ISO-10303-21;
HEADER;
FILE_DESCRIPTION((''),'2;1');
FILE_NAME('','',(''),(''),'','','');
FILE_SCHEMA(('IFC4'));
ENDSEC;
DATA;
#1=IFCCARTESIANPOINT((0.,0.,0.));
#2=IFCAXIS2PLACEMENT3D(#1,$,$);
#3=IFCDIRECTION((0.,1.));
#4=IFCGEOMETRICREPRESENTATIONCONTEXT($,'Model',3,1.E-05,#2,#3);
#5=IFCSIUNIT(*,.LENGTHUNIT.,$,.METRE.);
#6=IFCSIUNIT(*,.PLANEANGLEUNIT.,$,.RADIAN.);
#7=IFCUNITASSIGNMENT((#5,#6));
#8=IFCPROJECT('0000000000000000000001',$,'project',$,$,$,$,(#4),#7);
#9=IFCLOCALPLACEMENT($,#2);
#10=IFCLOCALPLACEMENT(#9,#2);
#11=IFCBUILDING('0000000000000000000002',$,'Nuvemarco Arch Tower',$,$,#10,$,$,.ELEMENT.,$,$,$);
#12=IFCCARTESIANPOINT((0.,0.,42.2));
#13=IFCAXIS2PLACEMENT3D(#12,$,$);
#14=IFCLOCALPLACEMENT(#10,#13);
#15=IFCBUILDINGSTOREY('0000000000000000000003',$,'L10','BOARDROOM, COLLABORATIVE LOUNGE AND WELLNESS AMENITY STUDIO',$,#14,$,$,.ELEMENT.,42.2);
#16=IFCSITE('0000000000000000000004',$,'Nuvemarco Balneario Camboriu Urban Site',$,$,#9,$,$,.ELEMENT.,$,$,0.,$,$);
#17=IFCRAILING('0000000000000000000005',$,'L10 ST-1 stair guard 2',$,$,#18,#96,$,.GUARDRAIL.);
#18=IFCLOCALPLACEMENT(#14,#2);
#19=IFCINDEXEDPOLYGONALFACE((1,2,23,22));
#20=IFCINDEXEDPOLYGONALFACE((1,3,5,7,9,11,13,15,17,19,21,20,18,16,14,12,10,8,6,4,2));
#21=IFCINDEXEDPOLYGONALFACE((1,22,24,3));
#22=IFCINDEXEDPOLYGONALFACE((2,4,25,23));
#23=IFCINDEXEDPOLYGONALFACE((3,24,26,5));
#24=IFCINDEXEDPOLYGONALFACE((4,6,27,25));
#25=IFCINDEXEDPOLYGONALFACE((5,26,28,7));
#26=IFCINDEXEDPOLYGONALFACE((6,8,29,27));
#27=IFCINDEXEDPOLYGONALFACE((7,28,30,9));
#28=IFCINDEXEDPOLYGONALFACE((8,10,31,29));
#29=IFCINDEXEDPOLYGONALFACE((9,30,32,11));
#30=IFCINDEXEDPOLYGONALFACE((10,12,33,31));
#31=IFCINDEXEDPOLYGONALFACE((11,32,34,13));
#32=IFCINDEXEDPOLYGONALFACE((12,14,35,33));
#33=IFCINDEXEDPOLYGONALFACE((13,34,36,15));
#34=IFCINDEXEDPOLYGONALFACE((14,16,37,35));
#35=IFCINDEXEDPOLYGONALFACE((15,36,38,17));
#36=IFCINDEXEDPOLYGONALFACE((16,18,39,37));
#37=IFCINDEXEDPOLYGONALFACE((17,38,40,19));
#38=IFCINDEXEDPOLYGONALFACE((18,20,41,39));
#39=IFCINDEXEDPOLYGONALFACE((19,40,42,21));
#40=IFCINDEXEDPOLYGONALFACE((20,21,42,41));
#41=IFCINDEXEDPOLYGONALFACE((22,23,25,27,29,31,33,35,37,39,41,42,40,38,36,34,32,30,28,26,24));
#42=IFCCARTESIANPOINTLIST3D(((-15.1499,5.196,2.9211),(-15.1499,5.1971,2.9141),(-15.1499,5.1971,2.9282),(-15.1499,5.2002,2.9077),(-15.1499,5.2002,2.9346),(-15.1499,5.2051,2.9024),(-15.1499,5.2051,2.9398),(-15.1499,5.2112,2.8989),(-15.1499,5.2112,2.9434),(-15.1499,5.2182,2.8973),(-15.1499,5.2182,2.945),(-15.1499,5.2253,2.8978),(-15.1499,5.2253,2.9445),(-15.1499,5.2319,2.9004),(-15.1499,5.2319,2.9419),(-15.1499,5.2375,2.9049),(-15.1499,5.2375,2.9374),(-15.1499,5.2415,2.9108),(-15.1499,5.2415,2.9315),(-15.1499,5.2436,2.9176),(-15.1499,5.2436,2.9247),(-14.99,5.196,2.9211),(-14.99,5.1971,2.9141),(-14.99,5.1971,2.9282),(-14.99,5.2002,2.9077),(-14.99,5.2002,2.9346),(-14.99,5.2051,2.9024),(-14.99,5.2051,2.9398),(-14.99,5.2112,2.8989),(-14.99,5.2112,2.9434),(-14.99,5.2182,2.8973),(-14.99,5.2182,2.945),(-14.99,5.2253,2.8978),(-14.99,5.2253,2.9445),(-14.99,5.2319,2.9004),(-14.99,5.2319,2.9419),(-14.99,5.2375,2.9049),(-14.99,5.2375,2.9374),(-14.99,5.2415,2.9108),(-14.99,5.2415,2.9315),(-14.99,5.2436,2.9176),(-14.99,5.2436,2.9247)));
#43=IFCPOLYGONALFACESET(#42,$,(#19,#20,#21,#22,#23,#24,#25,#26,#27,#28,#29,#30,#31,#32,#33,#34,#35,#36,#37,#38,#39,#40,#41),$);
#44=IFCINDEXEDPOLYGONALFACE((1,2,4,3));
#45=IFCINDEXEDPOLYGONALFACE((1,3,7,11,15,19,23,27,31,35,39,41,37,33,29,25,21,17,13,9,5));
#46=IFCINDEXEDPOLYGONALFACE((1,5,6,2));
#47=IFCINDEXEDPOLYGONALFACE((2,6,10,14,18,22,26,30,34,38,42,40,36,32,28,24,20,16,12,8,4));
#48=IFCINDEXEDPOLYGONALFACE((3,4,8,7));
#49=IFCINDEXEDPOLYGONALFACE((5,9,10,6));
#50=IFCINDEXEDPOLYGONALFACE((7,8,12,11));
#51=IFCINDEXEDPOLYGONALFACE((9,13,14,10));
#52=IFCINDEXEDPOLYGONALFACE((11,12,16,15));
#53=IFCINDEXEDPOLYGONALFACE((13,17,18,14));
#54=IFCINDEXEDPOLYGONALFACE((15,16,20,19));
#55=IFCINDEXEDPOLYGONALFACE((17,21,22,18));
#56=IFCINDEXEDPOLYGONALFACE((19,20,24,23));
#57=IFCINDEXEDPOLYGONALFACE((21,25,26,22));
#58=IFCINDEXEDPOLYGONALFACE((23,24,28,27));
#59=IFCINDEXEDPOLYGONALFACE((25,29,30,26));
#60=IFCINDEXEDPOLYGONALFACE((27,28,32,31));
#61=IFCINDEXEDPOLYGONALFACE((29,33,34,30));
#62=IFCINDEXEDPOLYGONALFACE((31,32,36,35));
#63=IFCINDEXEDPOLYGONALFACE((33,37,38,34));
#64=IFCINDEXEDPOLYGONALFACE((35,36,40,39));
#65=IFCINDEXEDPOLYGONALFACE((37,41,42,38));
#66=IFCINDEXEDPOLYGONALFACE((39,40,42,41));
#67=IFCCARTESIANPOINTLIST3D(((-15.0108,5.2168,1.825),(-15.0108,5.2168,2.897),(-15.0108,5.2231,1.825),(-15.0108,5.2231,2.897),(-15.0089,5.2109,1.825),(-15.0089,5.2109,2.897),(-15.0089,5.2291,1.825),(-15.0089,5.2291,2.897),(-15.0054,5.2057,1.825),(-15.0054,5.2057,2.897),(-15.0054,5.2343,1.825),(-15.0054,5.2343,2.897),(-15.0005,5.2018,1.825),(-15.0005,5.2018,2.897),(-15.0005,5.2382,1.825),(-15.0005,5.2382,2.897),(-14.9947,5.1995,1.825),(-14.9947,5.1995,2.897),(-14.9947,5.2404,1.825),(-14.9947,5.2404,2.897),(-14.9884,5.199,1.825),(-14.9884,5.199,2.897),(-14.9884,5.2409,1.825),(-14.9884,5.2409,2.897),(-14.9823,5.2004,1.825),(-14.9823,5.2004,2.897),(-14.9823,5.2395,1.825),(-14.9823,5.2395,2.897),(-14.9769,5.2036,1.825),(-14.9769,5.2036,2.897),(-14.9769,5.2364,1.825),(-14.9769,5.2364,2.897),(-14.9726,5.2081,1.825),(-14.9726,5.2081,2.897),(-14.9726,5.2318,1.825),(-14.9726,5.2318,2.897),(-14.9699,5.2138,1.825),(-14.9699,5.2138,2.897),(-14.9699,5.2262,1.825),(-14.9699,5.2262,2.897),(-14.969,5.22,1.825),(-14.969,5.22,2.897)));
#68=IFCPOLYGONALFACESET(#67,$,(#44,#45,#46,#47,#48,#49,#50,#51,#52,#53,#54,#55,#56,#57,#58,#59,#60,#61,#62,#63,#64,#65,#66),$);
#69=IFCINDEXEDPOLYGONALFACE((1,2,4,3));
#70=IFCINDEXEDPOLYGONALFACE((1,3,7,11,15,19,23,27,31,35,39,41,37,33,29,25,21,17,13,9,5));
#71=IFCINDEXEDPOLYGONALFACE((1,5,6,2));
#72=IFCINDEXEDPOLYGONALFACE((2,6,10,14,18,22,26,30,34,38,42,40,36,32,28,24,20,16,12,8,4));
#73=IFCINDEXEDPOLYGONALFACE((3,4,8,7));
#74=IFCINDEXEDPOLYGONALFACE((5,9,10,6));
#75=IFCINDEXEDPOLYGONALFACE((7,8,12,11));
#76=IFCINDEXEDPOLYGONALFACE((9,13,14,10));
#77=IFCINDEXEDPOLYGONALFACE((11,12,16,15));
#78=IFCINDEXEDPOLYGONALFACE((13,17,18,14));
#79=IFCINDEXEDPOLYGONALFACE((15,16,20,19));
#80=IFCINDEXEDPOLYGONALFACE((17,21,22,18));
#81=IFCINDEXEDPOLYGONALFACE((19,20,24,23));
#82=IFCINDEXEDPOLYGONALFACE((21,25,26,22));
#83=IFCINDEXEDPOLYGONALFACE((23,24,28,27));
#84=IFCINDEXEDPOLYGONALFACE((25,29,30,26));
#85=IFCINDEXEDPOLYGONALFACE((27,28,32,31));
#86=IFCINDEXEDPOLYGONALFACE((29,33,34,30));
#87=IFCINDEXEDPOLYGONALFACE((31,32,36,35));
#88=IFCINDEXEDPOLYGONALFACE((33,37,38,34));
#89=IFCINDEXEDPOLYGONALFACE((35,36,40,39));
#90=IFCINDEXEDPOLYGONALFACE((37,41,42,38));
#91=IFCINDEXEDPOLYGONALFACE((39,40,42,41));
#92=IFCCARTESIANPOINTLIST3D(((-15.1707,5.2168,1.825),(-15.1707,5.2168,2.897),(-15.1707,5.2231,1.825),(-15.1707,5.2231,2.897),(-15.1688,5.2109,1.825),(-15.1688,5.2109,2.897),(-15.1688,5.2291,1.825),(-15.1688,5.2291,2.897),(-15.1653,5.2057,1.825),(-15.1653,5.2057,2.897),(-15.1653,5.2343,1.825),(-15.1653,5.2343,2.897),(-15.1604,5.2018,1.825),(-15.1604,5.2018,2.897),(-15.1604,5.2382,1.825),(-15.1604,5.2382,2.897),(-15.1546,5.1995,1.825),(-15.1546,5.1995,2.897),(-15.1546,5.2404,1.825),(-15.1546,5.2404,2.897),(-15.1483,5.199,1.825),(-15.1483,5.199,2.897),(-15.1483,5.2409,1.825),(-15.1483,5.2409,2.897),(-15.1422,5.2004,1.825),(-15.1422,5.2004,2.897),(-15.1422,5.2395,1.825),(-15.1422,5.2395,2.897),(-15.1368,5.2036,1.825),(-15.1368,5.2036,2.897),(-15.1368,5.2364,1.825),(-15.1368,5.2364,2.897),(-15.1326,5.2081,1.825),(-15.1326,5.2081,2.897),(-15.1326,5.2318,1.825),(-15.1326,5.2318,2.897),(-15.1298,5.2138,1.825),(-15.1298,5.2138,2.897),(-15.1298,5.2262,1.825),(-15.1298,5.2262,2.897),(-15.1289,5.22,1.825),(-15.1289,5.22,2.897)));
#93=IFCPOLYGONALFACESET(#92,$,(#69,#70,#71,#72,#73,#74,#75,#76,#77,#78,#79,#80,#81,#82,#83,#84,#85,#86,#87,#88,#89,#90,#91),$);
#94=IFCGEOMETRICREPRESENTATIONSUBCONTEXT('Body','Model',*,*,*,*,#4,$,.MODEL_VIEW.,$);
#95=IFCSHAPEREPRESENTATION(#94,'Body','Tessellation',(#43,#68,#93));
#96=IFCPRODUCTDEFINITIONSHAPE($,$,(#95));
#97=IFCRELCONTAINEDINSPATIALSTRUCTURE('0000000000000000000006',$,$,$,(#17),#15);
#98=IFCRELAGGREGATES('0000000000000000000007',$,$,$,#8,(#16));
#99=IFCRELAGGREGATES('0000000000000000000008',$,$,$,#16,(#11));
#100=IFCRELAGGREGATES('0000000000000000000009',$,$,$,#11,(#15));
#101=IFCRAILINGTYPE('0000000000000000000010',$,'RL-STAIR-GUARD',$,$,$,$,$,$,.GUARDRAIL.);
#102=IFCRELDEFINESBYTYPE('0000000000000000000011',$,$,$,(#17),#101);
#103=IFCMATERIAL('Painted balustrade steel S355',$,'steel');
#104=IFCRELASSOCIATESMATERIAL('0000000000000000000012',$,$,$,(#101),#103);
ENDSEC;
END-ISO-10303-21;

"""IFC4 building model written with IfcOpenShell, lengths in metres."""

from ifc_helpers import new_model, si_unit, direction, frame, origin, origin_2d, place, context, subcontext, project, spatial, circle, extrude, material, type_object, element, save


model = new_model("IFC4")

# Units and contexts
model_context = context("Model", 3, precision=1e-05, world=origin(), true_north=direction((0.0, 1.0)))
body_context = subcontext(model_context, "Body", "Model", "MODEL_VIEW")
ifc_project = project(units=[si_unit("LENGTHUNIT", "METRE"), si_unit("PLANEANGLEUNIT", "RADIAN")], contexts=[model_context])

# Site, building, storey
site_placement = place(None, origin())
site = spatial("IfcSite", under=ifc_project, at=site_placement, Name="Nuvemarco Balneario Camboriu Urban Site", CompositionType="ELEMENT", RefElevation=0.0)
building_placement = place(site_placement, origin())
building = spatial("IfcBuilding", under=site, at=building_placement, Name="Nuvemarco Arch Tower", CompositionType="ELEMENT")
storey_placement = place(building_placement, frame((0.0, 0.0, 42.2)))
storey = spatial("IfcBuildingStorey", under=building, at=storey_placement, Name="L10", Description="BOARDROOM, COLLABORATIVE LOUNGE AND WELLNESS AMENITY STUDIO", CompositionType="ELEMENT", Elevation=42.2)

# Railing
ifc_material_1 = material(Name="Painted balustrade steel S355", Category="steel")
railing_type_1 = type_object("IfcRailingType", Name="RL-STAIR-GUARD", PredefinedType="GUARDRAIL", material=ifc_material_1)
railing_1_placement = place(storey_placement, frame((-14.99, 5.22, 1.825)))
element("IfcRailing", 1, at=railing_1_placement, inside=storey, type_object=railing_type_1, Name="L10 ST-1 stair guard 2", PredefinedType="GUARDRAIL", context=body_context, shape_type="SweptSolid", body=[
    extrude(circle(Radius=0.0239, at=origin_2d()), frame((0.0, 0.0, 1.0962), z_axis=(-1.0, 0.0, 0.0), x_axis=(0.0, -1.0, 0.0)), (0.0, 0.0, 1.0), 0.1599),
    extrude(circle(Radius=0.021, at=origin_2d()), origin(), (0.0, 0.0, 1.0), 1.072),
    extrude(circle(Radius=0.021, at=origin_2d()), frame((-0.1599, 0.0, 0.0)), (0.0, 0.0, 1.0), 1.072),
])

save(model, "model.ifc")
